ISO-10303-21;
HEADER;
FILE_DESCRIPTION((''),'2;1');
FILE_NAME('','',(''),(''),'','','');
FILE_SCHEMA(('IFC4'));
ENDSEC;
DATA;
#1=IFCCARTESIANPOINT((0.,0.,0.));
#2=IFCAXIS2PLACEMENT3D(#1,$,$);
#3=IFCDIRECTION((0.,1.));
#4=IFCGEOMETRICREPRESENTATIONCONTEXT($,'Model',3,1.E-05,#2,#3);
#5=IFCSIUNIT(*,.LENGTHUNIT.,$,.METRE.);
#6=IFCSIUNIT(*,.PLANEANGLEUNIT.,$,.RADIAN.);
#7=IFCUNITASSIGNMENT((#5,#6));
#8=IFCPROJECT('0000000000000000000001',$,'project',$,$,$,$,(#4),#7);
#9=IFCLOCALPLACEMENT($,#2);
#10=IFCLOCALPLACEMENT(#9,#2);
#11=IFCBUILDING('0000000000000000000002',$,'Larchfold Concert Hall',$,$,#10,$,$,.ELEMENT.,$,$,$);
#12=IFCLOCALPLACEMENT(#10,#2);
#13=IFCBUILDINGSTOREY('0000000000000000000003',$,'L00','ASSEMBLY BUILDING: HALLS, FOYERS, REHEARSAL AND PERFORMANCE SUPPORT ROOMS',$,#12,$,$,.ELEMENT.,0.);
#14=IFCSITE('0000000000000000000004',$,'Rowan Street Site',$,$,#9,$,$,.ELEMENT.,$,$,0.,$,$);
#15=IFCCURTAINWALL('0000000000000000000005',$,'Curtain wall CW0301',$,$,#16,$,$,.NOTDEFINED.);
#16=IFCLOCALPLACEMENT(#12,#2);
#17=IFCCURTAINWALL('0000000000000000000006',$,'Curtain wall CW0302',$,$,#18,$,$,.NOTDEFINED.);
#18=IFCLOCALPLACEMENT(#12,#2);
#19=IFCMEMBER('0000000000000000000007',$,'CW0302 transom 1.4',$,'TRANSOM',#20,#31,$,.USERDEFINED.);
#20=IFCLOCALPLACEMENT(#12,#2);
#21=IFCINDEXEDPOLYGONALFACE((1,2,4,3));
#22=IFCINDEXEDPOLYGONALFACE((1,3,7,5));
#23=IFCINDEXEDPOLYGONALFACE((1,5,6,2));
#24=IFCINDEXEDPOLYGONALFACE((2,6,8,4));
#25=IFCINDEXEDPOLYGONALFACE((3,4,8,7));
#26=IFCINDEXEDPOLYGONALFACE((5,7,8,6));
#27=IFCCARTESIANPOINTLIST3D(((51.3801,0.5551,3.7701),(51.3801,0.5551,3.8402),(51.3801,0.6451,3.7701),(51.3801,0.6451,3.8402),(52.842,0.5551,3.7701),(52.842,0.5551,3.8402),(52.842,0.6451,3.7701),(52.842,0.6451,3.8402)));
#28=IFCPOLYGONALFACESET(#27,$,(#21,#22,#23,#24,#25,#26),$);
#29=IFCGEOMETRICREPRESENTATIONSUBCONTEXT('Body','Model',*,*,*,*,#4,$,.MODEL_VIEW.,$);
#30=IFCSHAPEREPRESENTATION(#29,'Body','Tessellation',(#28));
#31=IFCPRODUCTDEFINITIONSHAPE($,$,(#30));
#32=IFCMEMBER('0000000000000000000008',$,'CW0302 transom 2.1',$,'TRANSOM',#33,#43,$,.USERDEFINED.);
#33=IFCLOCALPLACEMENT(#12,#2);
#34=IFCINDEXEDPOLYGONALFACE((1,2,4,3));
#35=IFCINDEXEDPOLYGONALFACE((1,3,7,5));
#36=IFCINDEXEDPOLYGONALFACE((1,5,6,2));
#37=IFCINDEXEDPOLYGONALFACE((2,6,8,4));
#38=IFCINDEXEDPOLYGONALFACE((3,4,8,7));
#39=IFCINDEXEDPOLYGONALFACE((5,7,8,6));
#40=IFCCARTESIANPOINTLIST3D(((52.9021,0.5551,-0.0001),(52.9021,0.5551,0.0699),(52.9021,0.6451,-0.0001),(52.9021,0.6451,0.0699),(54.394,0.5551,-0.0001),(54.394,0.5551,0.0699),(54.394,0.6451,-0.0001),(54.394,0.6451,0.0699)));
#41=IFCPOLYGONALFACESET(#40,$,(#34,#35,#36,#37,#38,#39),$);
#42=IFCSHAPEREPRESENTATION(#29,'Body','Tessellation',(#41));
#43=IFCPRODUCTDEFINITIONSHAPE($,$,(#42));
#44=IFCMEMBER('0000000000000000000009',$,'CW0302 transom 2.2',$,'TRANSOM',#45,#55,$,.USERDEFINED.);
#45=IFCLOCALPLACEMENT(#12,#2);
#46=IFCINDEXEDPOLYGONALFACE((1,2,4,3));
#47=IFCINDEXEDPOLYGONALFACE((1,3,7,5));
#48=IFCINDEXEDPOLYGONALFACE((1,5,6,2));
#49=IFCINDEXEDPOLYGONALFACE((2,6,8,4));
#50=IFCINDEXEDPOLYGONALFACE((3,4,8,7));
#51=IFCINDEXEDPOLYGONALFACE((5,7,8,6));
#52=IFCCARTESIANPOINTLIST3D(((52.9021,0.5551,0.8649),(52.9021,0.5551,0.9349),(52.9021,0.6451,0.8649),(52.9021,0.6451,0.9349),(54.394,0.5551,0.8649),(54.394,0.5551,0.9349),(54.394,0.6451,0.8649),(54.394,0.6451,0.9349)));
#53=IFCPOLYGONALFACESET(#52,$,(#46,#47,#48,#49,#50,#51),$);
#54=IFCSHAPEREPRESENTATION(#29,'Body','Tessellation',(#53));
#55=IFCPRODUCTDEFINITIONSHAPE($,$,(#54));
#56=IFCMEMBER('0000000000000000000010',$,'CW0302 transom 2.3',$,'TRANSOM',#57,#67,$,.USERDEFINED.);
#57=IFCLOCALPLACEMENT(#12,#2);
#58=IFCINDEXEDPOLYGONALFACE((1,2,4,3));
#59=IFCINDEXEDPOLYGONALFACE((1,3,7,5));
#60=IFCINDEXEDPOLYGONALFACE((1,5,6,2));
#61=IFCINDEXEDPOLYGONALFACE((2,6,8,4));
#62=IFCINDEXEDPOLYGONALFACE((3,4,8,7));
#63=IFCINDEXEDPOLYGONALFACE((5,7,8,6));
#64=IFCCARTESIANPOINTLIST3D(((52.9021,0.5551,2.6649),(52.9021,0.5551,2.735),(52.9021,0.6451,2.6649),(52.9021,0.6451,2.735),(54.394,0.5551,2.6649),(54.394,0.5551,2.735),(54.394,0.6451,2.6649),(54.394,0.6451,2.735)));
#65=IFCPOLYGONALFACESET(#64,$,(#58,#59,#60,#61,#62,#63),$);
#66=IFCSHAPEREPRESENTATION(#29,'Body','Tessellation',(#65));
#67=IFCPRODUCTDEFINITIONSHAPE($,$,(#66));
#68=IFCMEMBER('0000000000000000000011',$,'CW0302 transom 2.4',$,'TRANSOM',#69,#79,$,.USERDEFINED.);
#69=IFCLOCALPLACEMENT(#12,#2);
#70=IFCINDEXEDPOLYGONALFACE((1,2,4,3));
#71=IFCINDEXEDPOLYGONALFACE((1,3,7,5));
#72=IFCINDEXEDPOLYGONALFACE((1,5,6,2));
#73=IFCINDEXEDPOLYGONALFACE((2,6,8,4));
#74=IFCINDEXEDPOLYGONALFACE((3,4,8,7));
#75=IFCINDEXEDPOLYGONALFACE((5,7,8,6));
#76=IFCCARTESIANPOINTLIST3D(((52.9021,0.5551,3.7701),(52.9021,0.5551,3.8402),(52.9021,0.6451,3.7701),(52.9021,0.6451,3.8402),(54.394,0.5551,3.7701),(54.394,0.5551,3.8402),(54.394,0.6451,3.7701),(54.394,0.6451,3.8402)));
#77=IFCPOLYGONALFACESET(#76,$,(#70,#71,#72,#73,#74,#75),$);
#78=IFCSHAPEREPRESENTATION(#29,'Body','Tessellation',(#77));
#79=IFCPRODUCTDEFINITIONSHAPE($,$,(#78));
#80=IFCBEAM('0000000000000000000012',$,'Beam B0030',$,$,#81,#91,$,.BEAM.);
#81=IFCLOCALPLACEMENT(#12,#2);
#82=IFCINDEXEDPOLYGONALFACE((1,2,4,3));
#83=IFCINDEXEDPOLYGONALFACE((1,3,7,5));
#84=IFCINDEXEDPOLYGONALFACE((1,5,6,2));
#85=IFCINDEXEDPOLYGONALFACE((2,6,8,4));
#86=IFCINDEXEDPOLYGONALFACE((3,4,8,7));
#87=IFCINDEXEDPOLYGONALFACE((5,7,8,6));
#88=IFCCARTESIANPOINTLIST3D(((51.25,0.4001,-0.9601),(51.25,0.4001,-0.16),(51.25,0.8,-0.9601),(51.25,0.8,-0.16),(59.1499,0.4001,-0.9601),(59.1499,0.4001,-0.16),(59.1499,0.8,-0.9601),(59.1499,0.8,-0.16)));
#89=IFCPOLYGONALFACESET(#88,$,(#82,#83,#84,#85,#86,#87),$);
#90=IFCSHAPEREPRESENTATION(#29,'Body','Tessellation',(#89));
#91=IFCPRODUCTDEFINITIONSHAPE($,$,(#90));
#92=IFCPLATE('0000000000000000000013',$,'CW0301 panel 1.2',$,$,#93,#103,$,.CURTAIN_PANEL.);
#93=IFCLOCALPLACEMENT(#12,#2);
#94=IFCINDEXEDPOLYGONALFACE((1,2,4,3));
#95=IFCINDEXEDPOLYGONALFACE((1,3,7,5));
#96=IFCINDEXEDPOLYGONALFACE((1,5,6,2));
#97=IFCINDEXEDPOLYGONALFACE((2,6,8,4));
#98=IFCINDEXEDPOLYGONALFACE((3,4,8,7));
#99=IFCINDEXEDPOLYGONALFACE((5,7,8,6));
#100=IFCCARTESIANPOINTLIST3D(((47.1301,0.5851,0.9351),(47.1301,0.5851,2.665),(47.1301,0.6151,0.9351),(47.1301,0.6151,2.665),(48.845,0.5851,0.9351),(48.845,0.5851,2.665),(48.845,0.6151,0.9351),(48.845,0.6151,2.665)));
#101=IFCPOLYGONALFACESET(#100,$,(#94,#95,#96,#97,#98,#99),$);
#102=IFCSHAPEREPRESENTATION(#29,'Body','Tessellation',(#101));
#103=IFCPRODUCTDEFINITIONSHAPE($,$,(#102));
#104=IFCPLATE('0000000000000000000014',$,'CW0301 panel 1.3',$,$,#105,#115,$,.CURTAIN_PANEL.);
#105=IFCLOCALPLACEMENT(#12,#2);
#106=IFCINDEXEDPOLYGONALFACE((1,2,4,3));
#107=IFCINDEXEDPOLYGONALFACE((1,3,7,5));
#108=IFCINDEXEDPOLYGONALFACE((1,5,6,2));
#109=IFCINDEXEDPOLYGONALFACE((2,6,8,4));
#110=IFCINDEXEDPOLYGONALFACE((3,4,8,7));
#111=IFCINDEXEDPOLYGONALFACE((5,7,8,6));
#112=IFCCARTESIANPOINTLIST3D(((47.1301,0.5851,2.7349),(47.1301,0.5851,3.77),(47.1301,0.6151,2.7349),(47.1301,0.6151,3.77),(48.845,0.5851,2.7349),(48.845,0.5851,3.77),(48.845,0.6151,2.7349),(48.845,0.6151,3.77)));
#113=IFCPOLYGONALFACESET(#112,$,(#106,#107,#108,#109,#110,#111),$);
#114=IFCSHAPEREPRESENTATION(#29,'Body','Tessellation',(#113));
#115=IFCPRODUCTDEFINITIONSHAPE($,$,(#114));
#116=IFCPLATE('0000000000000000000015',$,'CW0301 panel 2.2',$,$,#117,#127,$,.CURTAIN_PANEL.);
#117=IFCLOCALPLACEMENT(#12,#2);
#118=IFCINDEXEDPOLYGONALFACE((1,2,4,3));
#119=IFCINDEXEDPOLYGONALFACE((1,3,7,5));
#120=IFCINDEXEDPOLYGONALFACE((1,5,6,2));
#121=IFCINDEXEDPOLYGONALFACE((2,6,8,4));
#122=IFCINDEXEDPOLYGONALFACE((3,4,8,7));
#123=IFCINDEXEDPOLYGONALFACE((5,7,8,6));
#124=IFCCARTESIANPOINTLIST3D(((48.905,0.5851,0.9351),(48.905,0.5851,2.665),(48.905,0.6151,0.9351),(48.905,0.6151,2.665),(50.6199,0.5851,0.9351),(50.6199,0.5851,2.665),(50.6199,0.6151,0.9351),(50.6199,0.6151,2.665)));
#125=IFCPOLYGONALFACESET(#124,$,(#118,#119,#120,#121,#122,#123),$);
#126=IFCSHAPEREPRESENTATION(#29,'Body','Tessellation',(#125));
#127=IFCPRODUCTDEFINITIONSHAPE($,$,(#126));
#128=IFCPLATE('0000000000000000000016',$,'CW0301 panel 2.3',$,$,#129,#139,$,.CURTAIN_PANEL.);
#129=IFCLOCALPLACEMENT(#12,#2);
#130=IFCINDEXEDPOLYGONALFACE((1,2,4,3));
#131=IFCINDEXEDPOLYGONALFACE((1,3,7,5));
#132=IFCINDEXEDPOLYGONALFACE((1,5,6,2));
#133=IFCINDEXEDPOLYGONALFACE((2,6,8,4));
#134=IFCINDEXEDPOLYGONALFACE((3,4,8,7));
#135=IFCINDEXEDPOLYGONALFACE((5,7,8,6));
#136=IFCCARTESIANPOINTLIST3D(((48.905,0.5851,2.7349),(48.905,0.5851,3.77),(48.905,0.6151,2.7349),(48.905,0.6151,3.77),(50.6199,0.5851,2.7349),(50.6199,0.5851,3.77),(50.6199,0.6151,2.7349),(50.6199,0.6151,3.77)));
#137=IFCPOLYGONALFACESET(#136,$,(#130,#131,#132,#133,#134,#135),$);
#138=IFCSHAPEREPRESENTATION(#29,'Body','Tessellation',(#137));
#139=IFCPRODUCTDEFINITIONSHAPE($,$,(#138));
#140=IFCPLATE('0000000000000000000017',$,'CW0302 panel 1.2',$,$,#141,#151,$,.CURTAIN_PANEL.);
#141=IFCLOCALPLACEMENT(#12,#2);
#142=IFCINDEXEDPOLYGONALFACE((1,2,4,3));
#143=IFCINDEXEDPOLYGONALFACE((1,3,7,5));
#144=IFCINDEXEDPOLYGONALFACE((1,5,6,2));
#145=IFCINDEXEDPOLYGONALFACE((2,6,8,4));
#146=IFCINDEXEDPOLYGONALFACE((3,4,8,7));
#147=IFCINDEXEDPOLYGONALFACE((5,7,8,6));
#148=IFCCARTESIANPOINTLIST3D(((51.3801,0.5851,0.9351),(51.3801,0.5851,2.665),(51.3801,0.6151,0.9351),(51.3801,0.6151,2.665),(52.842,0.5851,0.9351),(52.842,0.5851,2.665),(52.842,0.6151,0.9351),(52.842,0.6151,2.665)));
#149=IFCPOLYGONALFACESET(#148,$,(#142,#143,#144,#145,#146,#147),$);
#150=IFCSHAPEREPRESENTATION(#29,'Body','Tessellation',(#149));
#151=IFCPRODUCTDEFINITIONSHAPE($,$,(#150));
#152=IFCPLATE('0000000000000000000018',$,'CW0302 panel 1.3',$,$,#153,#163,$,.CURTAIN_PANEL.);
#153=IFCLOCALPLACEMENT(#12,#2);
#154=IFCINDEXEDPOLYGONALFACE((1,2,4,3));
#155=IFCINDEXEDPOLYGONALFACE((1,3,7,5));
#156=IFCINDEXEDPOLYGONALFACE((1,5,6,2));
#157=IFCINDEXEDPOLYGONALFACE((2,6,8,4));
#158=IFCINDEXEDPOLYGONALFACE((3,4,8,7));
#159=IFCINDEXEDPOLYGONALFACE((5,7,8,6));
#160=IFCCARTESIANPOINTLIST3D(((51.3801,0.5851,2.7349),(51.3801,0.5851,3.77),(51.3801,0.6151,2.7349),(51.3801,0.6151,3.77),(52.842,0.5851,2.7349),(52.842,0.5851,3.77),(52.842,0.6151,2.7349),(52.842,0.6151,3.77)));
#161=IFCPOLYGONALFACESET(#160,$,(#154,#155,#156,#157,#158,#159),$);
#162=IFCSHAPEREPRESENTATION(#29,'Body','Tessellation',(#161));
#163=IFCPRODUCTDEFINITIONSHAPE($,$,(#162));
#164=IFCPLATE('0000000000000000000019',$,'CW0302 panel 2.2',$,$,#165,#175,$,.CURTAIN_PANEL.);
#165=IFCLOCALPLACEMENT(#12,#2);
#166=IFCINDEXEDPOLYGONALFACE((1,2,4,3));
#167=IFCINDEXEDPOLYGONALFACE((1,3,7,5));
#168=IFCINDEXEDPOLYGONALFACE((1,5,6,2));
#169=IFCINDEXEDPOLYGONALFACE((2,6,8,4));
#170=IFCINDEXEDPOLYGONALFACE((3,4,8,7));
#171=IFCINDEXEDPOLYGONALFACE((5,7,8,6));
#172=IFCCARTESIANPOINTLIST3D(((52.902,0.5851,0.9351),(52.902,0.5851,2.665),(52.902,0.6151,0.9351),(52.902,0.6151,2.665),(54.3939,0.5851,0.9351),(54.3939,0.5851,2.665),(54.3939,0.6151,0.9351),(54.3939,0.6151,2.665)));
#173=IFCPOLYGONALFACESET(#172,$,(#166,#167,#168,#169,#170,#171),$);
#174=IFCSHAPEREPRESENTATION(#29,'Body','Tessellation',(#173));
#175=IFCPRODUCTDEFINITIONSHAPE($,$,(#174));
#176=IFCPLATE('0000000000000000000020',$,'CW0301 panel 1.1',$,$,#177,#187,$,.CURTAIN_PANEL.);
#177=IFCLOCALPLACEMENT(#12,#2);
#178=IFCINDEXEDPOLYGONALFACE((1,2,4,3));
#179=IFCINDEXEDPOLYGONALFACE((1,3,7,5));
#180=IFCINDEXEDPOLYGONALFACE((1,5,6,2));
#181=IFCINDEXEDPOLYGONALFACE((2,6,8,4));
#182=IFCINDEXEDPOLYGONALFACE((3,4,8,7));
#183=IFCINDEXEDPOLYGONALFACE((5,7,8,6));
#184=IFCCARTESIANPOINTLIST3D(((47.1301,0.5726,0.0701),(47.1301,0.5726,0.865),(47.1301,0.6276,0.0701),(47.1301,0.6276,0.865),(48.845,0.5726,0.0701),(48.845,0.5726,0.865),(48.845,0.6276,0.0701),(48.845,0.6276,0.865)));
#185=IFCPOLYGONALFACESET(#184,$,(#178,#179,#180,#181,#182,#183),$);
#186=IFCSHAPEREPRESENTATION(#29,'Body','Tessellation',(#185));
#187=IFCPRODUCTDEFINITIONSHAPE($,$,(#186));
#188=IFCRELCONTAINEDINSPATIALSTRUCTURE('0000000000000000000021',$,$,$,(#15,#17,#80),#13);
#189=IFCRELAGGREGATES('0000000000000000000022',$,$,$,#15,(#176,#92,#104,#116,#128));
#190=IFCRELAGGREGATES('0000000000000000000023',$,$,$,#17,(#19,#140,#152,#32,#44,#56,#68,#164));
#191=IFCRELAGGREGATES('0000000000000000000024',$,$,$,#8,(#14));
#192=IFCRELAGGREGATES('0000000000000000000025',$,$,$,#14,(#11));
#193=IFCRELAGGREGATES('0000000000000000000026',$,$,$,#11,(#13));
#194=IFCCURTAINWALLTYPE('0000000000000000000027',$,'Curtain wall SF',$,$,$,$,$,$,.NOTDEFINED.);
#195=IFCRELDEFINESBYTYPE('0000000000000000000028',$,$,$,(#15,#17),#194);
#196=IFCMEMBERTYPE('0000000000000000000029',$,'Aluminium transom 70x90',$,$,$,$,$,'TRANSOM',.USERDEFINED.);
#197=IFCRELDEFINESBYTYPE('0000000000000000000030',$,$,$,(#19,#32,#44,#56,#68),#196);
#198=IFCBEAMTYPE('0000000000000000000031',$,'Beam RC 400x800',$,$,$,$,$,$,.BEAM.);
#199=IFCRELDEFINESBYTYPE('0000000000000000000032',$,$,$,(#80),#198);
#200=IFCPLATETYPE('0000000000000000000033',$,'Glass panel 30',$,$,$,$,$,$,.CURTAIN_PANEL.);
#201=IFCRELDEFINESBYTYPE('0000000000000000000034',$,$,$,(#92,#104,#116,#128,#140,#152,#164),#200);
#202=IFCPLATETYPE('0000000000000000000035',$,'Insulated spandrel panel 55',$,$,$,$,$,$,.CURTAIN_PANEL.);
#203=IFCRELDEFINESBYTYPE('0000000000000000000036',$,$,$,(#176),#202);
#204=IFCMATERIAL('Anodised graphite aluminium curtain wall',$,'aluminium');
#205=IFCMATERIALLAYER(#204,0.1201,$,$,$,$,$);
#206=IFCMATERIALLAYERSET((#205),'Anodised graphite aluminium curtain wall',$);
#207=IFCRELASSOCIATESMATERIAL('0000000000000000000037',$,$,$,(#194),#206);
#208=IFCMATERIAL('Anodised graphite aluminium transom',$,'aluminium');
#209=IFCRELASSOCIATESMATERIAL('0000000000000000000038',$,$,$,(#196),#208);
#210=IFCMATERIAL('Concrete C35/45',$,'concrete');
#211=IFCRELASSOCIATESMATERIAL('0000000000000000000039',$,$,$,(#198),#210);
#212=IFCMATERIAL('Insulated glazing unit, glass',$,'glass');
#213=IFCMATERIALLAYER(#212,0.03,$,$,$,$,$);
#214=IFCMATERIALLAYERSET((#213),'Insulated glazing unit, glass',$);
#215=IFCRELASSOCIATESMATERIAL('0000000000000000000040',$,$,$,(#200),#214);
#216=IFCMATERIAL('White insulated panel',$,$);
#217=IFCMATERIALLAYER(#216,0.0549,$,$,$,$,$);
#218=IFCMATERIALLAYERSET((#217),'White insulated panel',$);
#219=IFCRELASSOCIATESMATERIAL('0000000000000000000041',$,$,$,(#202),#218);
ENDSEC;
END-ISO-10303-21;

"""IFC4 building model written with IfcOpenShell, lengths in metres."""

from ifc_helpers import new_model, si_unit, direction, frame, origin, origin_2d, place, context, subcontext, project, spatial, rectangle, extrude, material, layer, layer_set, material_profile, profile_set, type_object, element, aggregate, save


model = new_model("IFC4")

# Units and contexts
model_context = context("Model", 3, precision=1e-05, world=origin(), true_north=direction((0.0, 1.0)))
body_context = subcontext(model_context, "Body", "Model", "MODEL_VIEW")
ifc_project = project(units=[si_unit("LENGTHUNIT", "METRE"), si_unit("PLANEANGLEUNIT", "RADIAN")], contexts=[model_context])

# Site, building, storey
site_placement = place(None, origin())
site = spatial("IfcSite", under=ifc_project, at=site_placement, Name="Rowan Street Site", CompositionType="ELEMENT", RefElevation=0.0)
building_placement = place(site_placement, origin())
building = spatial("IfcBuilding", under=site, at=building_placement, Name="Larchfold Concert Hall", CompositionType="ELEMENT")
storey_placement = place(building_placement, origin())
storey = spatial("IfcBuildingStorey", under=building, at=storey_placement, Name="L00", Description="ASSEMBLY BUILDING: HALLS, FOYERS, REHEARSAL AND PERFORMANCE SUPPORT ROOMS", CompositionType="ELEMENT", Elevation=0.0)

# Curtain walls
ifc_material_1 = material(Name="Anodised graphite aluminium curtain wall", Category="aluminium")
ifc_layer_1 = layer(ifc_material_1, 0.1201)
ifc_layer_set_1 = layer_set([ifc_layer_1], Name="Anodised graphite aluminium curtain wall")
curtain_wall_type = type_object("IfcCurtainWallType", Name="Curtain wall SF", PredefinedType="NOTDEFINED", material=ifc_layer_set_1)
curtain_wall_1_placement = place(storey_placement, origin())
curtain_wall_1 = element("IfcCurtainWall", 1, at=curtain_wall_1_placement, inside=storey, type_object=curtain_wall_type, Name="Curtain wall CW0301", PredefinedType="NOTDEFINED")
curtain_wall_2_placement = place(storey_placement, origin())
curtain_wall_2 = element("IfcCurtainWall", 2, at=curtain_wall_2_placement, inside=storey, type_object=curtain_wall_type, Name="Curtain wall CW0302", PredefinedType="NOTDEFINED")

# Members
ifc_material_2 = material(Name="Anodised graphite aluminium transom", Category="aluminium")
ifc_material_profile_1 = material_profile(ifc_material_2, rectangle(XDim=0.0901, YDim=0.0701, at=origin_2d()))
ifc_profile_set_1 = profile_set([ifc_material_profile_1], Name="Anodised graphite aluminium transom")
member_type_1 = type_object("IfcMemberType", Name="Aluminium transom 70x90", ElementType="TRANSOM", PredefinedType="USERDEFINED", material=ifc_profile_set_1)
member_1_placement = place(storey_placement, frame((51.3801, 0.6001, 3.8052), z_axis=(1.0, 0.0, 0.0), x_axis=(0.0, 1.0, 0.0)))
member_1 = element("IfcMember", 3, at=member_1_placement, type_object=member_type_1, Name="CW0302 transom 1.4", ObjectType="TRANSOM", PredefinedType="USERDEFINED", context=body_context, shape_type="SweptSolid", body=[
    extrude(rectangle(XDim=0.0901, YDim=0.0701, at=origin_2d()), origin(), (0.0, 0.0, 1.0), 1.4619),
])
member_2_placement = place(storey_placement, frame((52.9021, 0.6001, 0.0349), z_axis=(1.0, 0.0, 0.0), x_axis=(0.0, 1.0, 0.0)))
member_2 = element("IfcMember", 4, at=member_2_placement, type_object=member_type_1, Name="CW0302 transom 2.1", ObjectType="TRANSOM", PredefinedType="USERDEFINED", context=body_context, shape_type="SweptSolid", body=[
    extrude(rectangle(XDim=0.0901, YDim=0.0701, at=origin_2d()), origin(), (0.0, 0.0, 1.0), 1.4919),
])
member_3_placement = place(storey_placement, frame((52.9021, 0.6001, 0.8999), z_axis=(1.0, 0.0, 0.0), x_axis=(0.0, 1.0, 0.0)))
member_3 = element("IfcMember", 5, at=member_3_placement, type_object=member_type_1, Name="CW0302 transom 2.2", ObjectType="TRANSOM", PredefinedType="USERDEFINED", context=body_context, shape_type="SweptSolid", body=[
    extrude(rectangle(XDim=0.0901, YDim=0.0701, at=origin_2d()), origin(), (0.0, 0.0, 1.0), 1.4919),
])
member_4_placement = place(storey_placement, frame((52.9021, 0.6001, 2.7), z_axis=(1.0, 0.0, 0.0), x_axis=(0.0, 1.0, 0.0)))
member_4 = element("IfcMember", 6, at=member_4_placement, type_object=member_type_1, Name="CW0302 transom 2.3", ObjectType="TRANSOM", PredefinedType="USERDEFINED", context=body_context, shape_type="SweptSolid", body=[
    extrude(rectangle(XDim=0.0901, YDim=0.0701, at=origin_2d()), origin(), (0.0, 0.0, 1.0), 1.4919),
])
member_5_placement = place(storey_placement, frame((52.9021, 0.6001, 3.8052), z_axis=(1.0, 0.0, 0.0), x_axis=(0.0, 1.0, 0.0)))
member_5 = element("IfcMember", 7, at=member_5_placement, type_object=member_type_1, Name="CW0302 transom 2.4", ObjectType="TRANSOM", PredefinedType="USERDEFINED", context=body_context, shape_type="SweptSolid", body=[
    extrude(rectangle(XDim=0.0901, YDim=0.0701, at=origin_2d()), origin(), (0.0, 0.0, 1.0), 1.4919),
])

# Beam
ifc_material_3 = material(Name="Concrete C35/45", Category="concrete")
ifc_material_profile_2 = material_profile(ifc_material_3, rectangle(XDim=0.3999, YDim=0.8, at=origin_2d()))
ifc_profile_set_2 = profile_set([ifc_material_profile_2], Name="Concrete C35/45")
beam_type = type_object("IfcBeamType", Name="Beam RC 400x800", PredefinedType="BEAM", material=ifc_profile_set_2)
beam_placement = place(storey_placement, frame((51.25, 0.6001, -0.5601), z_axis=(1.0, 0.0, 0.0), x_axis=(0.0, 1.0, 0.0)))
element("IfcBeam", 8, at=beam_placement, inside=storey, type_object=beam_type, Name="Beam B0030", PredefinedType="BEAM", context=body_context, shape_type="SweptSolid", body=[
    extrude(rectangle(XDim=0.3999, YDim=0.8, at=origin_2d()), origin(), (0.0, 0.0, 1.0), 7.8999),
])

# Plates
ifc_material_4 = material(Name="Insulated glazing unit, glass", Category="glass")
ifc_layer_2 = layer(ifc_material_4, 0.03)
ifc_layer_set_2 = layer_set([ifc_layer_2], Name="Insulated glazing unit, glass")
plate_type_1 = type_object("IfcPlateType", Name="Glass panel 30", PredefinedType="CURTAIN_PANEL", material=ifc_layer_set_2)
plate_1_placement = place(storey_placement, frame((47.9875, 0.6001, 0.9351), z_axis=(0.0, 0.0, 1.0), x_axis=(1.0, 0.0, 0.0)))
plate_1 = element("IfcPlate", 9, at=plate_1_placement, type_object=plate_type_1, Name="CW0301 panel 1.2", PredefinedType="CURTAIN_PANEL", context=body_context, shape_type="SweptSolid", body=[
    extrude(rectangle(XDim=1.7148, YDim=0.03, at=origin_2d()), origin(), (0.0, 0.0, 1.0), 1.73),
])
plate_2_placement = place(storey_placement, frame((47.9875, 0.6001, 2.7349), z_axis=(0.0, 0.0, 1.0), x_axis=(1.0, 0.0, 0.0)))
plate_2 = element("IfcPlate", 10, at=plate_2_placement, type_object=plate_type_1, Name="CW0301 panel 1.3", PredefinedType="CURTAIN_PANEL", context=body_context, shape_type="SweptSolid", body=[
    extrude(rectangle(XDim=1.7148, YDim=0.03, at=origin_2d()), origin(), (0.0, 0.0, 1.0), 1.0352),
])
plate_3_placement = place(storey_placement, frame((49.7625, 0.6001, 0.9351), z_axis=(0.0, 0.0, 1.0), x_axis=(1.0, 0.0, 0.0)))
plate_3 = element("IfcPlate", 11, at=plate_3_placement, type_object=plate_type_1, Name="CW0301 panel 2.2", PredefinedType="CURTAIN_PANEL", context=body_context, shape_type="SweptSolid", body=[
    extrude(rectangle(XDim=1.7148, YDim=0.03, at=origin_2d()), origin(), (0.0, 0.0, 1.0), 1.73),
])
plate_4_placement = place(storey_placement, frame((49.7625, 0.6001, 2.7349), z_axis=(0.0, 0.0, 1.0), x_axis=(1.0, 0.0, 0.0)))
plate_4 = element("IfcPlate", 12, at=plate_4_placement, type_object=plate_type_1, Name="CW0301 panel 2.3", PredefinedType="CURTAIN_PANEL", context=body_context, shape_type="SweptSolid", body=[
    extrude(rectangle(XDim=1.7148, YDim=0.03, at=origin_2d()), origin(), (0.0, 0.0, 1.0), 1.0352),
])
plate_5_placement = place(storey_placement, frame((52.1111, 0.6001, 0.9351), z_axis=(0.0, 0.0, 1.0), x_axis=(1.0, 0.0, 0.0)))
plate_5 = element("IfcPlate", 13, at=plate_5_placement, type_object=plate_type_1, Name="CW0302 panel 1.2", PredefinedType="CURTAIN_PANEL", context=body_context, shape_type="SweptSolid", body=[
    extrude(rectangle(XDim=1.4619, YDim=0.03, at=origin_2d()), origin(), (0.0, 0.0, 1.0), 1.73),
])
plate_6_placement = place(storey_placement, frame((52.1111, 0.6001, 2.7349), z_axis=(0.0, 0.0, 1.0), x_axis=(1.0, 0.0, 0.0)))
plate_6 = element("IfcPlate", 14, at=plate_6_placement, type_object=plate_type_1, Name="CW0302 panel 1.3", PredefinedType="CURTAIN_PANEL", context=body_context, shape_type="SweptSolid", body=[
    extrude(rectangle(XDim=1.4619, YDim=0.03, at=origin_2d()), origin(), (0.0, 0.0, 1.0), 1.0352),
])
plate_7_placement = place(storey_placement, frame((53.6479, 0.6001, 0.9351), z_axis=(0.0, 0.0, 1.0), x_axis=(1.0, 0.0, 0.0)))
plate_7 = element("IfcPlate", 15, at=plate_7_placement, type_object=plate_type_1, Name="CW0302 panel 2.2", PredefinedType="CURTAIN_PANEL", context=body_context, shape_type="SweptSolid", body=[
    extrude(rectangle(XDim=1.4919, YDim=0.03, at=origin_2d()), origin(), (0.0, 0.0, 1.0), 1.73),
])
ifc_material_5 = material(Name="White insulated panel")
ifc_layer_3 = layer(ifc_material_5, 0.0549)
ifc_layer_set_3 = layer_set([ifc_layer_3], Name="White insulated panel")
plate_type_2 = type_object("IfcPlateType", Name="Insulated spandrel panel 55", PredefinedType="CURTAIN_PANEL", material=ifc_layer_set_3)
plate_8_placement = place(storey_placement, frame((47.9875, 0.6001, 0.0701), z_axis=(0.0, 0.0, 1.0), x_axis=(1.0, 0.0, 0.0)))
plate_8 = element("IfcPlate", 16, at=plate_8_placement, type_object=plate_type_2, Name="CW0301 panel 1.1", PredefinedType="CURTAIN_PANEL", context=body_context, shape_type="SweptSolid", body=[
    extrude(rectangle(XDim=1.7148, YDim=0.0549, at=origin_2d()), origin(), (0.0, 0.0, 1.0), 0.7949),
])
aggregate(curtain_wall_1, [plate_8, plate_1, plate_2, plate_3, plate_4])
aggregate(curtain_wall_2, [member_1, plate_5, plate_6, member_2, member_3, member_4, member_5, plate_7])

save(model, "model.ifc")
